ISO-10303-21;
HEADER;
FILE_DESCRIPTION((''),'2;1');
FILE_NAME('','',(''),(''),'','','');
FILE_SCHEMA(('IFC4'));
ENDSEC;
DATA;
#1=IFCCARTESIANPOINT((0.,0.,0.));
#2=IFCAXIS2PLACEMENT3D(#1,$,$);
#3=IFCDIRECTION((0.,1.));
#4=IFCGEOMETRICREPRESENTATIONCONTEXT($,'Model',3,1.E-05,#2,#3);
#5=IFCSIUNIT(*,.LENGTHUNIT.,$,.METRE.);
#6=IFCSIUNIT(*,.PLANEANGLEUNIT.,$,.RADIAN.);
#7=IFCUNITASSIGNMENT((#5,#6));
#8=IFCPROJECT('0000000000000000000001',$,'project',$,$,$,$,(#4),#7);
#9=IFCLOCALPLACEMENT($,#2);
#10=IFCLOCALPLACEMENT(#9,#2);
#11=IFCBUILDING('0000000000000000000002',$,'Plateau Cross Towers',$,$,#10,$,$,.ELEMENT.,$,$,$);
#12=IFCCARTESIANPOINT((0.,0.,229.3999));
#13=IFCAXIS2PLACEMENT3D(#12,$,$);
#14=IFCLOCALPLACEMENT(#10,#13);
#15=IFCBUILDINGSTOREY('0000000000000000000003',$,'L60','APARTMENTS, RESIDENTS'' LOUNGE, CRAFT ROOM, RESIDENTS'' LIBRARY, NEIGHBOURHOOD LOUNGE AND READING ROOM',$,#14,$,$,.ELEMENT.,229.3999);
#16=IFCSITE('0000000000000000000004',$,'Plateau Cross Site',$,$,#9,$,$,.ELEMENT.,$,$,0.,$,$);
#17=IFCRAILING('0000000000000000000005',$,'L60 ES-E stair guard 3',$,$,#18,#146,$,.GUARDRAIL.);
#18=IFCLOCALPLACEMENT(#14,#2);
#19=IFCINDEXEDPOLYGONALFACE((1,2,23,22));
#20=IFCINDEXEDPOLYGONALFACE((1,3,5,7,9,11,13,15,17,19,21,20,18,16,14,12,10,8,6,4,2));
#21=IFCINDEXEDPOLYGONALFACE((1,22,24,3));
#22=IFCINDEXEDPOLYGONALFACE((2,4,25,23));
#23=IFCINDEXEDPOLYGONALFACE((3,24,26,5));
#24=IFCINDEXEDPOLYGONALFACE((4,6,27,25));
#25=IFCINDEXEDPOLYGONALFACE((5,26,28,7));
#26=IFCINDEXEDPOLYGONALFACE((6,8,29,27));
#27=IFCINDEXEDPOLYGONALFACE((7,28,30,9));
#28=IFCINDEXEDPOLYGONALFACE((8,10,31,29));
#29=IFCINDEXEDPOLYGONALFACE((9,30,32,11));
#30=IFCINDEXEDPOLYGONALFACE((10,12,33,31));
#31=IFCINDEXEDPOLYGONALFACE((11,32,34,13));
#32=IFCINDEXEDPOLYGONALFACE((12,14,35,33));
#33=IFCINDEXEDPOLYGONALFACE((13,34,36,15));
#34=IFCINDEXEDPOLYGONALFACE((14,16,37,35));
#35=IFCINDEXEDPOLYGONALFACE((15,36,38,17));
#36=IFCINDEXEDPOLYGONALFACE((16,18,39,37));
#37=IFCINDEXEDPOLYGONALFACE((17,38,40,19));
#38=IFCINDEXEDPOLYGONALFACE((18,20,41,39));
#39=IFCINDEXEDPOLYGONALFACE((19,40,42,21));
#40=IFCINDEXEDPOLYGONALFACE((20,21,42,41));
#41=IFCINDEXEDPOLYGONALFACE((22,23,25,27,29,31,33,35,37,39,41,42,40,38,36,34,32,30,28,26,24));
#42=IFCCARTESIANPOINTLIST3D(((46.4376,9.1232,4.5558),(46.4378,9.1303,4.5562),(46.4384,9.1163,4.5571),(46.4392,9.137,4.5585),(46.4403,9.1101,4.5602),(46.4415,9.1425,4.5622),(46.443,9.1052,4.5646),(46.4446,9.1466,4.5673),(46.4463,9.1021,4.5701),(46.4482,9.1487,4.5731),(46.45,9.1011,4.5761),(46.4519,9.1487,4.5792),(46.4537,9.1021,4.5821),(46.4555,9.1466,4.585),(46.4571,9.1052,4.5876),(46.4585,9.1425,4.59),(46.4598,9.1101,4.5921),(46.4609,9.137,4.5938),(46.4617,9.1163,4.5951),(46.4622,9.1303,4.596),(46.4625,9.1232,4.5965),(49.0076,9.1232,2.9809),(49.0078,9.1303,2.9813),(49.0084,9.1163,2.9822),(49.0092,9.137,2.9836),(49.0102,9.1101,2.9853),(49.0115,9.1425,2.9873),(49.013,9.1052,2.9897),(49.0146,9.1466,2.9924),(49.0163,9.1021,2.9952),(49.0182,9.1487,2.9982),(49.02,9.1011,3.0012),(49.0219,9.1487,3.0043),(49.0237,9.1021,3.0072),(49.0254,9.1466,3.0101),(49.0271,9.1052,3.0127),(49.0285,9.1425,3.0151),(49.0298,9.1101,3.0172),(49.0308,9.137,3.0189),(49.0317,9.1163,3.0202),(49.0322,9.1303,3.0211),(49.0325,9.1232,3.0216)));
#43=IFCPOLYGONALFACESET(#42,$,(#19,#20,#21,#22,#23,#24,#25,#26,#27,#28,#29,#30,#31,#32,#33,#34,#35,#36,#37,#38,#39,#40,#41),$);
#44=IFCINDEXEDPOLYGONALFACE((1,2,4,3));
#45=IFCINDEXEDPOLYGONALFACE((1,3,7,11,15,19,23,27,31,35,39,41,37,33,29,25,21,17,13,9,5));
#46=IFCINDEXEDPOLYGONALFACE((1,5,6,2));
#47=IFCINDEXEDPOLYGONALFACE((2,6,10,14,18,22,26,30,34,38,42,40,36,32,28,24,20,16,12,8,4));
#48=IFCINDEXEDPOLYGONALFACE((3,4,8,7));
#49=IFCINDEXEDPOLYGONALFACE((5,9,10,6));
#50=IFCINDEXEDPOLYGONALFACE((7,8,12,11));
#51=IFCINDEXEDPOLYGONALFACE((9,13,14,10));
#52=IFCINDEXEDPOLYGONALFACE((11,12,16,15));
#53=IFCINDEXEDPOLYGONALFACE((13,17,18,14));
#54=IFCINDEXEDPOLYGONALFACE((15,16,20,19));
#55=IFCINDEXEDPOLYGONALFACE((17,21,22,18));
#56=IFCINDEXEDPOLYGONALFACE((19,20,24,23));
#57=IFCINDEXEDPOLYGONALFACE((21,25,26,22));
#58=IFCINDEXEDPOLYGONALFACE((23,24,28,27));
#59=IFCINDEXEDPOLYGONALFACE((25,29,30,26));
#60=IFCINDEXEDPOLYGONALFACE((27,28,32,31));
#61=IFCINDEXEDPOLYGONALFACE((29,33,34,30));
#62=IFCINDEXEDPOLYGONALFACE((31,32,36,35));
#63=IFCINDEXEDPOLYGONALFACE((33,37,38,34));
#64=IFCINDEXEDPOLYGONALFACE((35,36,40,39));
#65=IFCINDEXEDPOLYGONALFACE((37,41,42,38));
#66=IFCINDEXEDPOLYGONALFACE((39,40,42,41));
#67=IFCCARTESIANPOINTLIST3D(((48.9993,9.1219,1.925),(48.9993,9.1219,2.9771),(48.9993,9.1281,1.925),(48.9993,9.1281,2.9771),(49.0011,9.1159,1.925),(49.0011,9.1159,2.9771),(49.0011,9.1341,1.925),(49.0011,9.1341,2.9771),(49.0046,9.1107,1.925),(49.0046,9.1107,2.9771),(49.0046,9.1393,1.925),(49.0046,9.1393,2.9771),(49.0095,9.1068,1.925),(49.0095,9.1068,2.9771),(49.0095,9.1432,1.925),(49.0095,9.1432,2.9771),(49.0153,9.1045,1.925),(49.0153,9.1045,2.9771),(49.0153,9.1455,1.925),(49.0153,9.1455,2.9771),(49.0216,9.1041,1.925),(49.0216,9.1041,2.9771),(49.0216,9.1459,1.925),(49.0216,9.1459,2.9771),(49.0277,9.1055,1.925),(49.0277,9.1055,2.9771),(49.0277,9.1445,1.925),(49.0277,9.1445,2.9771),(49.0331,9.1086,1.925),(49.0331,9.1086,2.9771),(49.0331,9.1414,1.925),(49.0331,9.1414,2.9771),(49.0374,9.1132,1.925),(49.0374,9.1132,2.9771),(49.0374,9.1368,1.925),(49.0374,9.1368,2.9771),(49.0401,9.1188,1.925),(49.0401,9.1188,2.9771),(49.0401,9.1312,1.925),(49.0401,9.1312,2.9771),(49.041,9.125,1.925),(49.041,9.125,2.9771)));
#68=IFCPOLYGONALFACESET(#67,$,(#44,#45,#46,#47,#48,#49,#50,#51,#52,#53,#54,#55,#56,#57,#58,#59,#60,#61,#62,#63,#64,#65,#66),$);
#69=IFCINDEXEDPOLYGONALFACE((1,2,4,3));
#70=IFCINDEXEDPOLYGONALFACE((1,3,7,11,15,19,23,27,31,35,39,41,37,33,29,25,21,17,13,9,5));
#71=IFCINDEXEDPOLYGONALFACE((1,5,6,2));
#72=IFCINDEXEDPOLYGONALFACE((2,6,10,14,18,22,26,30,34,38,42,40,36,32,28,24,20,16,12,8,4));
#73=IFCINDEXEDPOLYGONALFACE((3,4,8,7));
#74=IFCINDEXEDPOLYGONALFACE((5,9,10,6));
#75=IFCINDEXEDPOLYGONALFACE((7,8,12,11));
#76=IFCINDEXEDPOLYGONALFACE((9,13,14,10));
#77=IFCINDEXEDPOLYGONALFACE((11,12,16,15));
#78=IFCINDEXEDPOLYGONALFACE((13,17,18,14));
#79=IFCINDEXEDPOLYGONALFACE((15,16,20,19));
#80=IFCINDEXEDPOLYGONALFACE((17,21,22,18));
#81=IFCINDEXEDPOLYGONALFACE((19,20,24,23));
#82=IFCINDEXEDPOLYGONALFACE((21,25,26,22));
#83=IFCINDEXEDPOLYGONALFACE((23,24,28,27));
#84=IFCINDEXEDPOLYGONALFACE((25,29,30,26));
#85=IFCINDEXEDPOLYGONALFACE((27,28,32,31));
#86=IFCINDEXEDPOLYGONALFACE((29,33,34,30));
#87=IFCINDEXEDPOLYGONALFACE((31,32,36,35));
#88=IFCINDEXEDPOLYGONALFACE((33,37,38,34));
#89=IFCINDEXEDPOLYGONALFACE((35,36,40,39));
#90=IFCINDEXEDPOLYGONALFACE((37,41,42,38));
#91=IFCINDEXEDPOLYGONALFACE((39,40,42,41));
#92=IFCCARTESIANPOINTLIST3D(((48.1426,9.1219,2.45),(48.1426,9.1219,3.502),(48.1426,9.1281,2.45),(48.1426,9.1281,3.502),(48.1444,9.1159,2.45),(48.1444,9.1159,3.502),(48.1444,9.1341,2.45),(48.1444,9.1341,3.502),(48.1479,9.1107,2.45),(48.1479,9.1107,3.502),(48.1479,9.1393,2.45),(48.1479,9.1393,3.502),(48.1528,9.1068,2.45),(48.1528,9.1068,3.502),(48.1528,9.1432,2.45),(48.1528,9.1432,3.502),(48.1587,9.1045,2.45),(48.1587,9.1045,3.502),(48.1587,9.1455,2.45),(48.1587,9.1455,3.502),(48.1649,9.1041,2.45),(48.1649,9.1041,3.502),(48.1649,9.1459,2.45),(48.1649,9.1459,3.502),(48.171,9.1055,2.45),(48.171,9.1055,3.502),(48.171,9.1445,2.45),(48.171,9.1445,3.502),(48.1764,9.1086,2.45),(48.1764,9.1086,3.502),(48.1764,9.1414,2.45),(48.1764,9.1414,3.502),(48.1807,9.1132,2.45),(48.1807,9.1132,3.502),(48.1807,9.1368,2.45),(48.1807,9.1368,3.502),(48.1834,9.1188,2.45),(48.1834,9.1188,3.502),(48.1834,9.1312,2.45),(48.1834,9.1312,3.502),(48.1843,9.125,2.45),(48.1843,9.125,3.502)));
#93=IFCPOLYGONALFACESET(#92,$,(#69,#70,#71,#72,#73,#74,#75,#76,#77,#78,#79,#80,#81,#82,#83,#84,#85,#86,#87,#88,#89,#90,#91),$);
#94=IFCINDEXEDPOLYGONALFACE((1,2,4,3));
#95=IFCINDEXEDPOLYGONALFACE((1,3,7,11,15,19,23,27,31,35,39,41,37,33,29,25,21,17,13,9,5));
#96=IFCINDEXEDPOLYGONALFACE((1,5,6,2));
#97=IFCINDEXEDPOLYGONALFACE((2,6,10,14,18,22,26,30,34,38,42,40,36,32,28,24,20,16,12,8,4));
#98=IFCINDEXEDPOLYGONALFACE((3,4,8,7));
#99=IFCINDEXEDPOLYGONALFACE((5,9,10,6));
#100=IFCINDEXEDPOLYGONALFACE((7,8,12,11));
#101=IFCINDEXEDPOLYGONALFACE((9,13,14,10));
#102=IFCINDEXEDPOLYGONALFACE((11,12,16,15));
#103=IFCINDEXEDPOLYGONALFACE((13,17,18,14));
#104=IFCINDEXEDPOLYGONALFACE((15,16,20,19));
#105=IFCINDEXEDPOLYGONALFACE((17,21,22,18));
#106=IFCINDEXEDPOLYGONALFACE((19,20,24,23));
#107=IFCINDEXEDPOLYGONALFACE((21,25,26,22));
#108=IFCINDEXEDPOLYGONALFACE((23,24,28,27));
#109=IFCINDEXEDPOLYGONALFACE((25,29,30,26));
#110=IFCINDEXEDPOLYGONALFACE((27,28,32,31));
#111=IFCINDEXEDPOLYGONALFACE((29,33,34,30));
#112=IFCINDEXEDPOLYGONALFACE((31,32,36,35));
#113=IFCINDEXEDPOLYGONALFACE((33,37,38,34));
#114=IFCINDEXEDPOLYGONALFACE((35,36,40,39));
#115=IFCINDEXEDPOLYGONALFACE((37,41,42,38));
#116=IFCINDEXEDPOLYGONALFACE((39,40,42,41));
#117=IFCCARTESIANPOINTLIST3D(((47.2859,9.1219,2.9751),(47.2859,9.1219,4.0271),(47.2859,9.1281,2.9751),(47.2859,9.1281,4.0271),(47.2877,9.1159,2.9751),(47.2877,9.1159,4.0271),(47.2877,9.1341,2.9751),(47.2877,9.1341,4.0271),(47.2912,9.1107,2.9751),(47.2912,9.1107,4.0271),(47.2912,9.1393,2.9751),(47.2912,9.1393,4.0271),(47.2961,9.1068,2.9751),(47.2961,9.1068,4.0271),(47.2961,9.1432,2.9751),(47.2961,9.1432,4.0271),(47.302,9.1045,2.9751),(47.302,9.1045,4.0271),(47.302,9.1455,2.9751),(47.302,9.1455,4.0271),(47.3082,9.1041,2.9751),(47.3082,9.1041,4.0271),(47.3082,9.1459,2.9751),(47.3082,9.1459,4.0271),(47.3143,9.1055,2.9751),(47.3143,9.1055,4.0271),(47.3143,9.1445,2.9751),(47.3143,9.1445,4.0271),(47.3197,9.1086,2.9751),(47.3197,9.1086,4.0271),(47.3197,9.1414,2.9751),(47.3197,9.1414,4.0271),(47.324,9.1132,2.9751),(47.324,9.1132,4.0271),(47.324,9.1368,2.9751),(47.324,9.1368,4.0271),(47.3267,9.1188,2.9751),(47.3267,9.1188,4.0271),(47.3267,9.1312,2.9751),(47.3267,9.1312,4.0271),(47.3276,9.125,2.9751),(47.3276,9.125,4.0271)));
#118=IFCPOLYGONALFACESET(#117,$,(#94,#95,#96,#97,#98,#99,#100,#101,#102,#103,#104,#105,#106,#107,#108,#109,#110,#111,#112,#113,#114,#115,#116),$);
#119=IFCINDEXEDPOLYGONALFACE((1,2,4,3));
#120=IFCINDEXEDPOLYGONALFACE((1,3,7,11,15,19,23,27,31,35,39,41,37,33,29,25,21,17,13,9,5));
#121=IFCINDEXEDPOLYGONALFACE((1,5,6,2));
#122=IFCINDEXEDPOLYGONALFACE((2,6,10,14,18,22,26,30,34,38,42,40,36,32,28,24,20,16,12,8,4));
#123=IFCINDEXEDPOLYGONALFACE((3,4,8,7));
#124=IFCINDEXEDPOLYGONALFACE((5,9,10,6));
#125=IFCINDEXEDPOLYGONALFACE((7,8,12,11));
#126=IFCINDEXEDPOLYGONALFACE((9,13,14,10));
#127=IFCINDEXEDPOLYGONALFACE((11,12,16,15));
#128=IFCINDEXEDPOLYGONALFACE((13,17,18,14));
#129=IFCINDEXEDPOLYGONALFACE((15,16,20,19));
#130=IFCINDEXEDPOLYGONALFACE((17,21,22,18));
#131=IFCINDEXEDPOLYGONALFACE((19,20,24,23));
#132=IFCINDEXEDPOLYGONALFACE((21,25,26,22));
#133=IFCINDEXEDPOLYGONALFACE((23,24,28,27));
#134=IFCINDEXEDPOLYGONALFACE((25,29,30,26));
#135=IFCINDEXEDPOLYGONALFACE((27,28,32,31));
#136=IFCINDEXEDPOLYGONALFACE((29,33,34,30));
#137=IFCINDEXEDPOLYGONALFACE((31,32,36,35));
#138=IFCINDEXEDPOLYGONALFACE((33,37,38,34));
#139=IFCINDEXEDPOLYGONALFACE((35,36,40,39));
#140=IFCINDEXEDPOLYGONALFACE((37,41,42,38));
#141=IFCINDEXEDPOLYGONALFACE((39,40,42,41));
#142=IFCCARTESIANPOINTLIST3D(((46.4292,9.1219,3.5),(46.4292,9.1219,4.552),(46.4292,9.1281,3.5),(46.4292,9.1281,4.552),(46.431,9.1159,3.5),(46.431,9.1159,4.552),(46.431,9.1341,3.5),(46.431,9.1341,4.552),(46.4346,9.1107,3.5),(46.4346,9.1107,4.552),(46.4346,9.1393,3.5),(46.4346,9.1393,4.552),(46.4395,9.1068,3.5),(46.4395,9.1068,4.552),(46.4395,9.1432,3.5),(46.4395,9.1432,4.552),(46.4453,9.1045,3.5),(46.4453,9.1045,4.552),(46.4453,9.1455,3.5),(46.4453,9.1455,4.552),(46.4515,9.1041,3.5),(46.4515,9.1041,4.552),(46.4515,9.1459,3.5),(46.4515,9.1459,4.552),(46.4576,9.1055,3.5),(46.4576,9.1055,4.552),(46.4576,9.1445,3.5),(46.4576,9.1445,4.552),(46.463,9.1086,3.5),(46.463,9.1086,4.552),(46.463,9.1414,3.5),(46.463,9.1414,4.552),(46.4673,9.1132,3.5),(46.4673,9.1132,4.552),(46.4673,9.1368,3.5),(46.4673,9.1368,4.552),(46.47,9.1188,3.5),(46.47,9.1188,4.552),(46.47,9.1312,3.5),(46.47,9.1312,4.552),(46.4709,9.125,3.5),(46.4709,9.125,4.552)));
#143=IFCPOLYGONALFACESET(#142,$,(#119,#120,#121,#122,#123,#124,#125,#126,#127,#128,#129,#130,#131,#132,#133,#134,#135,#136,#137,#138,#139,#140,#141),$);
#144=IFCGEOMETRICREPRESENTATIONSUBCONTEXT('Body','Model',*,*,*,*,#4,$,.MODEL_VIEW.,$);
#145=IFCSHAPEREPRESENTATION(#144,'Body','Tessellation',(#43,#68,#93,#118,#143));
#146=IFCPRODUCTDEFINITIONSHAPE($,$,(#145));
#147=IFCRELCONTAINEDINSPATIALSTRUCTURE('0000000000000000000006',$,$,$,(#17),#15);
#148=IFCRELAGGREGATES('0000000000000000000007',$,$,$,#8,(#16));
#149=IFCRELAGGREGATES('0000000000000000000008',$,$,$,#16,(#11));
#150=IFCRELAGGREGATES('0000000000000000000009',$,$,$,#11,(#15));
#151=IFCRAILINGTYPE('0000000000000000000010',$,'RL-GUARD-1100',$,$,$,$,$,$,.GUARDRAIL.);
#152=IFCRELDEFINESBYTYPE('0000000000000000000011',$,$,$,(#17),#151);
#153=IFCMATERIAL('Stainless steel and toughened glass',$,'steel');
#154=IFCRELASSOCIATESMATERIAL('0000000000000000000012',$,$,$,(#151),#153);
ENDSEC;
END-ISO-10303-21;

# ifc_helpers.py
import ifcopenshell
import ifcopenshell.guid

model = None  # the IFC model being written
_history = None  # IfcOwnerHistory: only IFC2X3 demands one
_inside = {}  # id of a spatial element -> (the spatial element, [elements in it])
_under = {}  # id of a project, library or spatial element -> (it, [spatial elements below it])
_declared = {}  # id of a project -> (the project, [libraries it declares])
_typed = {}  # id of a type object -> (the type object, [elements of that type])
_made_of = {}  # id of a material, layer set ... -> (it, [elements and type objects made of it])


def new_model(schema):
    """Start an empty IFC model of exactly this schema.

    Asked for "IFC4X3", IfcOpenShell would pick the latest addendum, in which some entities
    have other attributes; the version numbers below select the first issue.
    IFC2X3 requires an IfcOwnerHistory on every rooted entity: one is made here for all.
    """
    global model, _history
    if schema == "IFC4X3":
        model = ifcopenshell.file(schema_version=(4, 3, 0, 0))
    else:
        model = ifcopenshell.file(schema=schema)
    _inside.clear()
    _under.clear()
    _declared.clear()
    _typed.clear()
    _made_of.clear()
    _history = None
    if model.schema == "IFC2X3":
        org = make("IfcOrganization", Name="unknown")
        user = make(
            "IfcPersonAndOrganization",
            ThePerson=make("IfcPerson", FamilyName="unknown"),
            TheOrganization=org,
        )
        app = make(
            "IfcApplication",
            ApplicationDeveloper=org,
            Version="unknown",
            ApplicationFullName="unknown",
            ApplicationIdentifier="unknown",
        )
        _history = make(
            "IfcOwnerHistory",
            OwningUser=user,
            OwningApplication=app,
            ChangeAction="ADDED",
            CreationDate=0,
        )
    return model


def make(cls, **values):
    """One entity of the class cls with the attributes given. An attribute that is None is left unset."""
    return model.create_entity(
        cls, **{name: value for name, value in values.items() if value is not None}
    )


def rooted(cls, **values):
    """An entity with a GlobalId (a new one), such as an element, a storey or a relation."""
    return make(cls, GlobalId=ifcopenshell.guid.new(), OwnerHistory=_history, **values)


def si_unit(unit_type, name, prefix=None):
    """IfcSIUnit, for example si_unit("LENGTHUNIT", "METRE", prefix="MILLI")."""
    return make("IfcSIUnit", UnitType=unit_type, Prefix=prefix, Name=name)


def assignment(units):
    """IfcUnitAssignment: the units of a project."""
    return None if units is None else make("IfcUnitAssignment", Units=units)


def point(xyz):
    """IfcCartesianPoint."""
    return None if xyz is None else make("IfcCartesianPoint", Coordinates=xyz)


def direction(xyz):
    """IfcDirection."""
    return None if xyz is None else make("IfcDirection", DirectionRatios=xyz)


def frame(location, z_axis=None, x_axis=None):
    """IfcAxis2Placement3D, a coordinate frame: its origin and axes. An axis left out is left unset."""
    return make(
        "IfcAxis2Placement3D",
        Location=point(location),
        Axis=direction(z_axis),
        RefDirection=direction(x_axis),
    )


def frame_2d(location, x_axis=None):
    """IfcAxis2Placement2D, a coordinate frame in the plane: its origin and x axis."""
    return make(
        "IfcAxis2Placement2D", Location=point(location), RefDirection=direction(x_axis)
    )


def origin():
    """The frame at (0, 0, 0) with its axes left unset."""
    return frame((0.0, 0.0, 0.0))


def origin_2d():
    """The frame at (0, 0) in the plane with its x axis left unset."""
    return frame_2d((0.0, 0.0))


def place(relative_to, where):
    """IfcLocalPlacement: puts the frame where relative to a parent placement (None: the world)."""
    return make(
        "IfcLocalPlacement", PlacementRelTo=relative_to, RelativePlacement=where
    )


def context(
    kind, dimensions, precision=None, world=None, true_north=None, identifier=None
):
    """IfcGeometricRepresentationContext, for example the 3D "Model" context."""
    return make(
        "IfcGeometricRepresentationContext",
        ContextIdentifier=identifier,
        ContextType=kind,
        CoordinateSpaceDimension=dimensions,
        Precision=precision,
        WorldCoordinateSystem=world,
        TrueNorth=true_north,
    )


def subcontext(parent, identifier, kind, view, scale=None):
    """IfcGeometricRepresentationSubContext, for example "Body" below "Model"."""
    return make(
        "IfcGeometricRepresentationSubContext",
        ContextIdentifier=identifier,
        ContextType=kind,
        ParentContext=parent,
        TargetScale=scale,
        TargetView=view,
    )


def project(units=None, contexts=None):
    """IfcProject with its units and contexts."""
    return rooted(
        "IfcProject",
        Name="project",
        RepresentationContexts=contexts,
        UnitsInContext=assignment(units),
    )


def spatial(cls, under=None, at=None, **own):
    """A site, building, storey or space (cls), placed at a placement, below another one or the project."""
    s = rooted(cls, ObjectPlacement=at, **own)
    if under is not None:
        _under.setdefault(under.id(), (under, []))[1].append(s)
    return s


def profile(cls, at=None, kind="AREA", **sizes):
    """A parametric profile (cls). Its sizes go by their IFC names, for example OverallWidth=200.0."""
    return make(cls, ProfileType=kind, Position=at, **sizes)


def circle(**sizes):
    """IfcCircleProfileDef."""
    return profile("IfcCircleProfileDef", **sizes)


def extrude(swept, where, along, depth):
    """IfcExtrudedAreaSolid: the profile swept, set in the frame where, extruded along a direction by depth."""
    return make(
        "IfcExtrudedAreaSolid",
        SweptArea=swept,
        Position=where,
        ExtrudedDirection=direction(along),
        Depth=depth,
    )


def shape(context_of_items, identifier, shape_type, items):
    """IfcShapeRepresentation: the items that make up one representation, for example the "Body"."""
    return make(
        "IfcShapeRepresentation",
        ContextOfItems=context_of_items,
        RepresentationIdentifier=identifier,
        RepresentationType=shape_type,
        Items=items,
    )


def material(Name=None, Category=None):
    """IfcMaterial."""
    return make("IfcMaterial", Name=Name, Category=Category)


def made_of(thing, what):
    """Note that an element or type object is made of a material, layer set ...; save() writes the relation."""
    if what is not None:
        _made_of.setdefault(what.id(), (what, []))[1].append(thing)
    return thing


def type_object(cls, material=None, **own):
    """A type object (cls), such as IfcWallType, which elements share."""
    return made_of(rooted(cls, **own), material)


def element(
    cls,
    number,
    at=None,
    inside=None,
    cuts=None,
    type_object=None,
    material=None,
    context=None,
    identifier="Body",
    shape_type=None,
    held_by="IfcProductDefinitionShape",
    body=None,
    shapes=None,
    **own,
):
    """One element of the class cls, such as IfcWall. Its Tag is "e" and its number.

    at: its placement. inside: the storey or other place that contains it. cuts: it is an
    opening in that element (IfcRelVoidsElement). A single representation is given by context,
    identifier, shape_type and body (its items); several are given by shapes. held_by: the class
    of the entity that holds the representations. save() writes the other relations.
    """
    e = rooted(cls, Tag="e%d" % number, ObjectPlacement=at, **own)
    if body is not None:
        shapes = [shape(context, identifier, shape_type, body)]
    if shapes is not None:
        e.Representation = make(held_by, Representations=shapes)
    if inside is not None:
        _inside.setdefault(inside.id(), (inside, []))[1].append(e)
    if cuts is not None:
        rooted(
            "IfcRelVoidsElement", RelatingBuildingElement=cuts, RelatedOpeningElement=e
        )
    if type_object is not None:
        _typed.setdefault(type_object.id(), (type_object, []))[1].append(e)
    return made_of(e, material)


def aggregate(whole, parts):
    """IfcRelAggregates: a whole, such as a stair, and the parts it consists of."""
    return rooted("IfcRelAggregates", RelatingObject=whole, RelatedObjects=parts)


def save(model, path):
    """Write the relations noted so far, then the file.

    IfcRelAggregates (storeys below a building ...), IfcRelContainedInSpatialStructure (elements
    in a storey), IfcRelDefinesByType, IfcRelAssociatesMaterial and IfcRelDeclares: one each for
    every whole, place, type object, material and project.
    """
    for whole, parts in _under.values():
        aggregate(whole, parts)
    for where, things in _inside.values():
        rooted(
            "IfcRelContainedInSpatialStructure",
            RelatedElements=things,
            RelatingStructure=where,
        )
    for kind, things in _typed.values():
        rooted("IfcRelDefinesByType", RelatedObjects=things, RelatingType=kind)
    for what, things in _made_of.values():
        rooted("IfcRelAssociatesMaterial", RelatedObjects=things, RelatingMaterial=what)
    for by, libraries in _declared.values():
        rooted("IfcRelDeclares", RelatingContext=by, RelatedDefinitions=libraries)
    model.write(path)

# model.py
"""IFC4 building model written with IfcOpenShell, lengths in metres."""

from ifc_helpers import new_model, si_unit, direction, frame, origin, origin_2d, place, context, subcontext, project, spatial, circle, extrude, material, type_object, element, save


model = new_model("IFC4")

# Units and contexts
model_context = context("Model", 3, precision=1e-05, world=origin(), true_north=direction((0.0, 1.0)))
body_context = subcontext(model_context, "Body", "Model", "MODEL_VIEW")
ifc_project = project(units=[si_unit("LENGTHUNIT", "METRE"), si_unit("PLANEANGLEUNIT", "RADIAN")], contexts=[model_context])

# Site, building, storey
site_placement = place(None, origin())
site = spatial("IfcSite", under=ifc_project, at=site_placement, Name="Plateau Cross Site", CompositionType="ELEMENT", RefElevation=0.0)
building_placement = place(site_placement, origin())
building = spatial("IfcBuilding", under=site, at=building_placement, Name="Plateau Cross Towers", CompositionType="ELEMENT")
storey_placement = place(building_placement, frame((0.0, 0.0, 229.3999)))
storey = spatial("IfcBuildingStorey", under=building, at=storey_placement, Name="L60", Description="APARTMENTS, RESIDENTS' LOUNGE, CRAFT ROOM, RESIDENTS' LIBRARY, NEIGHBOURHOOD LOUNGE AND READING ROOM", CompositionType="ELEMENT", Elevation=229.3999)

# Railing
ifc_material_1 = material(Name="Stainless steel and toughened glass", Category="steel")
railing_type_1 = type_object("IfcRailingType", Name="RL-GUARD-1100", PredefinedType="GUARDRAIL", material=ifc_material_1)
railing_1_placement = place(storey_placement, frame((49.02, 9.125, 1.925)))
element("IfcRailing", 1, at=railing_1_placement, inside=storey, type_object=railing_type_1, Name="L60 ES-E stair guard 3", PredefinedType="GUARDRAIL", context=body_context, shape_type="SweptSolid", body=[
    extrude(circle(Radius=0.0239, at=origin_2d()), frame((0.0, 0.0, 1.0762), z_axis=(-0.852639, 0.0, 0.522501), x_axis=(0.0, -1.0, 0.0)), (0.0, 0.0, 1.0), 3.0142),
    extrude(circle(Radius=0.021, at=origin_2d()), origin(), (0.0, 0.0, 1.0), 1.052),
    extrude(circle(Radius=0.021, at=origin_2d()), frame((-0.8567, 0.0, 0.5249)), (0.0, 0.0, 1.0), 1.052),
    extrude(circle(Radius=0.021, at=origin_2d()), frame((-1.7134, 0.0, 1.05)), (0.0, 0.0, 1.0), 1.052),
    extrude(circle(Radius=0.021, at=origin_2d()), frame((-2.5701, 0.0, 1.575)), (0.0, 0.0, 1.0), 1.052),
])

save(model, "model.ifc")
